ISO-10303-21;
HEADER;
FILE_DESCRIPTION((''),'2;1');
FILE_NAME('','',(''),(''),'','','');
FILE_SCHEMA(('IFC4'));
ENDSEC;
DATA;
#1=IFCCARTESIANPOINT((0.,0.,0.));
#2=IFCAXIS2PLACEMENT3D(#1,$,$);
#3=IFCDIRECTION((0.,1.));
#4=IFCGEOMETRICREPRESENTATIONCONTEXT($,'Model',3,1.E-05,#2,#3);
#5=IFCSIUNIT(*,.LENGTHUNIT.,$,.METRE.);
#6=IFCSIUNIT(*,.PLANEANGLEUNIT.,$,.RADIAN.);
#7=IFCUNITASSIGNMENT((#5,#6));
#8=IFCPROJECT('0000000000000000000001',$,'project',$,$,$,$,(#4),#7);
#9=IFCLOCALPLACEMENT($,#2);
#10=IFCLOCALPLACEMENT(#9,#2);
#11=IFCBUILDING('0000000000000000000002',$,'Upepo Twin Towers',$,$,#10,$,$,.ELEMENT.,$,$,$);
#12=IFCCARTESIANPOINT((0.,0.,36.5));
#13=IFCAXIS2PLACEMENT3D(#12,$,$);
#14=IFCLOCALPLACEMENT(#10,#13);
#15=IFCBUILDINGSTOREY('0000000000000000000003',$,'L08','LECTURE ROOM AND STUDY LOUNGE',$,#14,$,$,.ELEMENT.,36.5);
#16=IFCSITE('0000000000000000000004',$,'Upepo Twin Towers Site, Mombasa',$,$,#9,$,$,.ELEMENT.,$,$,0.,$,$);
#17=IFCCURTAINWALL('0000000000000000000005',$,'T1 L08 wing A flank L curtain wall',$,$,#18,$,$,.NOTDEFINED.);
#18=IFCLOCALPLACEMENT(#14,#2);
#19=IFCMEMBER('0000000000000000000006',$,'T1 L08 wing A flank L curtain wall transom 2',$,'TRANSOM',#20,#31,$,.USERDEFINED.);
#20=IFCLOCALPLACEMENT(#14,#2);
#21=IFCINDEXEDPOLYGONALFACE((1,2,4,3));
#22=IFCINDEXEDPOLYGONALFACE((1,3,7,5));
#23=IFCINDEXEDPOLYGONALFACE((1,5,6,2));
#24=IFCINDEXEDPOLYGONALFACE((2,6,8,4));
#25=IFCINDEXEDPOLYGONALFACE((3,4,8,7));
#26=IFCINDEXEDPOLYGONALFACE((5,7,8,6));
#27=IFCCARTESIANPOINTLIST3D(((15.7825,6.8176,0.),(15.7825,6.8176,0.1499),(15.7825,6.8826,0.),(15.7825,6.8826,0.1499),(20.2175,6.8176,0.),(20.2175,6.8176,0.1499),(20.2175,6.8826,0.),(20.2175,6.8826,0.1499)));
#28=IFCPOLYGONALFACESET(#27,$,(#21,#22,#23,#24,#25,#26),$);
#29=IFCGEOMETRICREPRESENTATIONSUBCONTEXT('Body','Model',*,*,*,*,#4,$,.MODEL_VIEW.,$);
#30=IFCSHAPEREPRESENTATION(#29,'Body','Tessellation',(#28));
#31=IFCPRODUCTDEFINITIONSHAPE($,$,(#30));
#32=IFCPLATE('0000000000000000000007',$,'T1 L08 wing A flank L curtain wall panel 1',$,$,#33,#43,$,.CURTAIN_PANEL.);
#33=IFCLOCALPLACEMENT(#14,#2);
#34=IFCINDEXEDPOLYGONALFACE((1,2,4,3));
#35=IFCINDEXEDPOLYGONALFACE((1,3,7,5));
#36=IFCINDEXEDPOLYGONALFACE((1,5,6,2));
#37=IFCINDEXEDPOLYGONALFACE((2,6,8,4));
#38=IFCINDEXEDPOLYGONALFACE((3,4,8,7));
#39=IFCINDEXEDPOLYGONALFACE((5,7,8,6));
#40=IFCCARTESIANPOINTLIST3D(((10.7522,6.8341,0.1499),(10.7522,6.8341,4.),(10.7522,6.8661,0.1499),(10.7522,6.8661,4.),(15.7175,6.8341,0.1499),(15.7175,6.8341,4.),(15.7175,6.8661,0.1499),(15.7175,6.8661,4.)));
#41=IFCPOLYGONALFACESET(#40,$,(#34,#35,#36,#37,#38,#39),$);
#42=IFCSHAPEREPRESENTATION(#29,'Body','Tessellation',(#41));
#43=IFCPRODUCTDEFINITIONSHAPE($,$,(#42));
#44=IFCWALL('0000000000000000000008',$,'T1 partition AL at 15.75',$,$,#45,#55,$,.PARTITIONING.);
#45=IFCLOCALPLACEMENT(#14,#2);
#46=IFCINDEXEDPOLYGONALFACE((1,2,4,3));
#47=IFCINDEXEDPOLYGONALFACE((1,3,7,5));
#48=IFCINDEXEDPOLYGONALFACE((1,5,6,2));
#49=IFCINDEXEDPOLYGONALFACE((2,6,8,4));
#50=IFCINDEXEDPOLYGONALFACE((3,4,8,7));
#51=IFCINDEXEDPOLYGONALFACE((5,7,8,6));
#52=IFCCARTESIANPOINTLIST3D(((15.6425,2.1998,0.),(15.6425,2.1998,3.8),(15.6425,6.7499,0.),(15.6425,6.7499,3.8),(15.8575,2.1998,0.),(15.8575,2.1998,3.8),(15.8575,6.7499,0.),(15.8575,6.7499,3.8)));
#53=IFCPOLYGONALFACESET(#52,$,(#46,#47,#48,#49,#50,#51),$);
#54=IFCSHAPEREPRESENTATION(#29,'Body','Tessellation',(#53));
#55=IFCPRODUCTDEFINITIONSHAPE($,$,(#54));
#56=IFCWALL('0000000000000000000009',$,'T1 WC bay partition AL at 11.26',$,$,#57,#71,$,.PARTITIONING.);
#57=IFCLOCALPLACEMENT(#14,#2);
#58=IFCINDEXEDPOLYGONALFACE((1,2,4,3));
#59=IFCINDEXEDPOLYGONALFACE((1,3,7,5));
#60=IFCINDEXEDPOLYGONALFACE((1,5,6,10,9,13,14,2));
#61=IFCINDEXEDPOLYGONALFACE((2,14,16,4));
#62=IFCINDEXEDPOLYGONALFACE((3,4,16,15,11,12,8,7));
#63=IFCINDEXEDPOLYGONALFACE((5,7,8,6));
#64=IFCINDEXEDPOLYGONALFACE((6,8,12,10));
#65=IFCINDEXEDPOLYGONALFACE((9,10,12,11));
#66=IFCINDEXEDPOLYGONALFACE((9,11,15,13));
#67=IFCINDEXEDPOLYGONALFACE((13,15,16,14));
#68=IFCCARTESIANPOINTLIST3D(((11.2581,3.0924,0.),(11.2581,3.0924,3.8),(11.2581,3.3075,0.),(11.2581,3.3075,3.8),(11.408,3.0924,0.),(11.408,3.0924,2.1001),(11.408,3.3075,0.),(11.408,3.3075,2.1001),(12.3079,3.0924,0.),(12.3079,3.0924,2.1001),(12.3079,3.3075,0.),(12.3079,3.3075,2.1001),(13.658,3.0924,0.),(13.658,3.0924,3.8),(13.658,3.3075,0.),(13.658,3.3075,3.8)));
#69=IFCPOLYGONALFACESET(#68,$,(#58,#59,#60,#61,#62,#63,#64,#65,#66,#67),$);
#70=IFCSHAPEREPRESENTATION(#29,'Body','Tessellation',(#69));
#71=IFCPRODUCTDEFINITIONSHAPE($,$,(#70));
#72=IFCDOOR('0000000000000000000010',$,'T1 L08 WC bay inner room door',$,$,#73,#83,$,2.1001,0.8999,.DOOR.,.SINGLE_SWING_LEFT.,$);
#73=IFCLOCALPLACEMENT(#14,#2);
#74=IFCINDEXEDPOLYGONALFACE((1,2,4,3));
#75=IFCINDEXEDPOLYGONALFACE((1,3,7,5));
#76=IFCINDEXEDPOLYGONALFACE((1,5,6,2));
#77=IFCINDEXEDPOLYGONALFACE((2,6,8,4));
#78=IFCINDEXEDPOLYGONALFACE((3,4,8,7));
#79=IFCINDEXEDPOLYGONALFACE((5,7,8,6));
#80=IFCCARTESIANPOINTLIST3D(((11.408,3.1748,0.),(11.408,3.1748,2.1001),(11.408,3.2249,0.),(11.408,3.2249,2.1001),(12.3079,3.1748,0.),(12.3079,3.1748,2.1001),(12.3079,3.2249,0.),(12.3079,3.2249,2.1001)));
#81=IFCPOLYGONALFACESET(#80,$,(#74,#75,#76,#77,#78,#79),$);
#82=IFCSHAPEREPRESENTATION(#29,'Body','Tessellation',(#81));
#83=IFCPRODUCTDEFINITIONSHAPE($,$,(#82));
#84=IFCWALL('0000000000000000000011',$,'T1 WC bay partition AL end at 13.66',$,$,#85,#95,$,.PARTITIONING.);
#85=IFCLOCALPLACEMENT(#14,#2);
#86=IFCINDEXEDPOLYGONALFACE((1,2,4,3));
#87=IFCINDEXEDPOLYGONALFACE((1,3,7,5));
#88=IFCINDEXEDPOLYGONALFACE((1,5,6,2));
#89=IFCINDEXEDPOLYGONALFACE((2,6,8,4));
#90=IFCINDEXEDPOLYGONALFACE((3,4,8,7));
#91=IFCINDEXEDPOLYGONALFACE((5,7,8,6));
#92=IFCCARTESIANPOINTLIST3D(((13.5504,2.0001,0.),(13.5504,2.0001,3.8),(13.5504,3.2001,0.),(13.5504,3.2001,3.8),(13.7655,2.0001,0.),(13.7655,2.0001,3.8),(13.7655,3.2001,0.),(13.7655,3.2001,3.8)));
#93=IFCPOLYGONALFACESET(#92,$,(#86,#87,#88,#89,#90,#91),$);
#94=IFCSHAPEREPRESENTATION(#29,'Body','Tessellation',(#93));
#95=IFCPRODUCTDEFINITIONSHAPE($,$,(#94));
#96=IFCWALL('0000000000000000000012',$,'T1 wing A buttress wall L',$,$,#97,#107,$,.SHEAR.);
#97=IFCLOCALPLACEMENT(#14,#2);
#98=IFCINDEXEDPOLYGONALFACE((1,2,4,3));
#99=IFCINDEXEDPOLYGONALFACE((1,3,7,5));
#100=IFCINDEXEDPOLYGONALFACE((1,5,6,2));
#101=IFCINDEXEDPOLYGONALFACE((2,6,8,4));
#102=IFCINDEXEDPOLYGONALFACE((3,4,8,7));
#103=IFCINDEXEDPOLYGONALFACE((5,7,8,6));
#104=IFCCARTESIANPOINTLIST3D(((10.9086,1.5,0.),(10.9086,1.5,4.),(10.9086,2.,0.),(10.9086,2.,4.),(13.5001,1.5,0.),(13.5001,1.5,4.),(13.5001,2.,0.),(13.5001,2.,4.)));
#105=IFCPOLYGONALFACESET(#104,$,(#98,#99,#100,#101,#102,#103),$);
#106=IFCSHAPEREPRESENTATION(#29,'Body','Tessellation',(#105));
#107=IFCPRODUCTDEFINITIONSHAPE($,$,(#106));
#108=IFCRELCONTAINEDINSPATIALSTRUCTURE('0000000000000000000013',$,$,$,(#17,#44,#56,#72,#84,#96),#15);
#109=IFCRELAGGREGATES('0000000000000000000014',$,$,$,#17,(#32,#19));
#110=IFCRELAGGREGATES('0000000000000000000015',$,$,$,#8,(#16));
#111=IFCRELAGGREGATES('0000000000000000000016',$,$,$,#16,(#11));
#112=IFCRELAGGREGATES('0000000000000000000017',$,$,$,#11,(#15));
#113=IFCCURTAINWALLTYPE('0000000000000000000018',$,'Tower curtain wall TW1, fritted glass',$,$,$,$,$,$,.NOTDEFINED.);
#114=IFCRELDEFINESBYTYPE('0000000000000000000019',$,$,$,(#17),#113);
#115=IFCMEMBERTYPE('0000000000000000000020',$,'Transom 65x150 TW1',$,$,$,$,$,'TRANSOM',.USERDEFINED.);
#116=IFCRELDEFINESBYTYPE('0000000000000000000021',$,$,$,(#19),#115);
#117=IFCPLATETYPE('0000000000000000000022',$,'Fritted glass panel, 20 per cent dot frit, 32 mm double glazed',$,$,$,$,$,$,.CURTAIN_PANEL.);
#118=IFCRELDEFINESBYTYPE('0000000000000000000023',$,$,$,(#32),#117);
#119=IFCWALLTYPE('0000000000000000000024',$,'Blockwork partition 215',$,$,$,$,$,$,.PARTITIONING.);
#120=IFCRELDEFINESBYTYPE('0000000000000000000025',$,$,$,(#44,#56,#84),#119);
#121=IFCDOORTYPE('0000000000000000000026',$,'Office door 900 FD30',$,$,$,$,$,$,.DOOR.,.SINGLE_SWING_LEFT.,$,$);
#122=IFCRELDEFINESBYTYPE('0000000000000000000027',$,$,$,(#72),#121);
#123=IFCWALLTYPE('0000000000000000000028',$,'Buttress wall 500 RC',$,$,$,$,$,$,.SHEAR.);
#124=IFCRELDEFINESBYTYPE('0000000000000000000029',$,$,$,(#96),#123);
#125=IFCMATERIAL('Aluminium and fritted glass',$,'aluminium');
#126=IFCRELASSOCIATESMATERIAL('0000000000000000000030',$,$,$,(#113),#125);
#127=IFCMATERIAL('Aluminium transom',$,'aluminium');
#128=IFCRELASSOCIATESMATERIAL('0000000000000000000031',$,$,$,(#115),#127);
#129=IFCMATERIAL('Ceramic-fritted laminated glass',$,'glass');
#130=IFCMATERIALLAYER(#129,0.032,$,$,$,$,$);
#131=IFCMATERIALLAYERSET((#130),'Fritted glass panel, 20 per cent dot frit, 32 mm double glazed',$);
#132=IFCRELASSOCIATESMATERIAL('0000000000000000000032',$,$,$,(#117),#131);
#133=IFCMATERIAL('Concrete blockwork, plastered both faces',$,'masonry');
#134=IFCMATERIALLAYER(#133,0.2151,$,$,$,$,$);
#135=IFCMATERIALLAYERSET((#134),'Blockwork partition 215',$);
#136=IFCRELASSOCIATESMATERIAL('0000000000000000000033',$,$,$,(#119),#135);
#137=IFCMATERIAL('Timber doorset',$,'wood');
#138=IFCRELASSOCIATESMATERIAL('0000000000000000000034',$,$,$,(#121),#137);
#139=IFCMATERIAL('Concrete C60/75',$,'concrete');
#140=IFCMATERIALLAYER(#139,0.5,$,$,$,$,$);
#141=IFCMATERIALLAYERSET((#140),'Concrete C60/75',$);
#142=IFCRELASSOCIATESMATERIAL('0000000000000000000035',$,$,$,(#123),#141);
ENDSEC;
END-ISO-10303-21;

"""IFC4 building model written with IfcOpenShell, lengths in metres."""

from ifc_helpers import new_model, si_unit, direction, frame, frame_2d, origin, origin_2d, place, context, subcontext, project, spatial, rectangle, extrude, material, layer, layer_set, material_profile, profile_set, type_object, element, fill, aggregate, save


model = new_model("IFC4")

# Units and contexts
model_context = context("Model", 3, precision=1e-05, world=origin(), true_north=direction((0.0, 1.0)))
body_context = subcontext(model_context, "Body", "Model", "MODEL_VIEW")
ifc_project = project(units=[si_unit("LENGTHUNIT", "METRE"), si_unit("PLANEANGLEUNIT", "RADIAN")], contexts=[model_context])

# Site, building, storey
site_placement = place(None, origin())
site = spatial("IfcSite", under=ifc_project, at=site_placement, Name="Upepo Twin Towers Site, Mombasa", CompositionType="ELEMENT", RefElevation=0.0)
building_placement = place(site_placement, origin())
building = spatial("IfcBuilding", under=site, at=building_placement, Name="Upepo Twin Towers", CompositionType="ELEMENT")
storey_placement = place(building_placement, frame((0.0, 0.0, 36.5)))
storey = spatial("IfcBuildingStorey", under=building, at=storey_placement, Name="L08", Description="LECTURE ROOM AND STUDY LOUNGE", CompositionType="ELEMENT", Elevation=36.5)

# Curtain wall, member, plate
ifc_material_1 = material(Name="Aluminium and fritted glass", Category="aluminium")
curtain_wall_type = type_object("IfcCurtainWallType", Name="Tower curtain wall TW1, fritted glass", PredefinedType="NOTDEFINED", material=ifc_material_1)
curtain_wall_placement = place(storey_placement, origin())
curtain_wall = element("IfcCurtainWall", 1, at=curtain_wall_placement, inside=storey, type_object=curtain_wall_type, Name="T1 L08 wing A flank L curtain wall", PredefinedType="NOTDEFINED")
ifc_material_2 = material(Name="Aluminium transom", Category="aluminium")
ifc_material_profile_1 = material_profile(ifc_material_2, rectangle(XDim=0.0649, YDim=0.1499, at=origin_2d()), Name="TRANSOM 65x150")
ifc_profile_set_1 = profile_set([ifc_material_profile_1], Name="Aluminium transom")
member_type_1 = type_object("IfcMemberType", Name="Transom 65x150 TW1", ElementType="TRANSOM", PredefinedType="USERDEFINED", material=ifc_profile_set_1)
member_1_placement = place(storey_placement, frame((15.7825, 6.8501, 0.075), z_axis=(1.0, 0.0, 0.0), x_axis=(0.0, 1.0, 0.0)))
member_1 = element("IfcMember", 2, at=member_1_placement, type_object=member_type_1, Name="T1 L08 wing A flank L curtain wall transom 2", ObjectType="TRANSOM", PredefinedType="USERDEFINED", context=body_context, shape_type="SweptSolid", body=[
    extrude(rectangle(XDim=0.0649, YDim=0.1499, at=origin_2d()), origin(), (0.0, 0.0, 1.0), 4.4351),
])
ifc_material_3 = material(Name="Ceramic-fritted laminated glass", Category="glass")
ifc_layer_1 = layer(ifc_material_3, 0.032)
ifc_layer_set_1 = layer_set([ifc_layer_1], Name="Fritted glass panel, 20 per cent dot frit, 32 mm double glazed")
plate_type = type_object("IfcPlateType", Name="Fritted glass panel, 20 per cent dot frit, 32 mm double glazed", PredefinedType="CURTAIN_PANEL", material=ifc_layer_set_1)
plate_placement = place(storey_placement, frame((13.2349, 6.8501, 0.1499), z_axis=(0.0, 0.0, 1.0), x_axis=(1.0, 0.0, 0.0)))
plate = element("IfcPlate", 3, at=plate_placement, type_object=plate_type, Name="T1 L08 wing A flank L curtain wall panel 1", PredefinedType="CURTAIN_PANEL", context=body_context, shape_type="SweptSolid", body=[
    extrude(rectangle(XDim=4.9653, YDim=0.032, at=origin_2d()), origin(), (0.0, 0.0, 1.0), 3.8501),
])
aggregate(curtain_wall, [plate, member_1])

# Wall
ifc_material_4 = material(Name="Concrete blockwork, plastered both faces", Category="masonry")
ifc_layer_2 = layer(ifc_material_4, 0.2151)
ifc_layer_set_2 = layer_set([ifc_layer_2], Name="Blockwork partition 215")
wall_type_1 = type_object("IfcWallType", Name="Blockwork partition 215", PredefinedType="PARTITIONING", material=ifc_layer_set_2)
wall_1_placement = place(storey_placement, frame((15.75, 2.2, 0.0), z_axis=(0.0, 0.0, 1.0), x_axis=(0.0, 1.0, 0.0)))
element("IfcWall", 4, at=wall_1_placement, inside=storey, type_object=wall_type_1, Name="T1 partition AL at 15.75", PredefinedType="PARTITIONING", context=body_context, shape_type="SweptSolid", body=[
    extrude(rectangle(XDim=4.55, YDim=0.2151, at=frame_2d((2.2749, 0.0))), origin(), (0.0, 0.0, 1.0), 3.8),
])

# Wall, opening, door
wall_2_placement = place(storey_placement, frame((11.2581, 3.2, 0.0), z_axis=(0.0, 0.0, 1.0), x_axis=(1.0, 0.0, 0.0)))
wall_2 = element("IfcWall", 5, at=wall_2_placement, inside=storey, type_object=wall_type_1, Name="T1 WC bay partition AL at 11.26", PredefinedType="PARTITIONING", context=body_context, shape_type="SweptSolid", body=[
    extrude(rectangle(XDim=2.3999, YDim=0.2151, at=frame_2d((1.2, 0.0))), origin(), (0.0, 0.0, 1.0), 3.8),
])
opening_1_placement = place(wall_2_placement, frame((0.1499, 0.0, 0.0)))
opening_1 = element("IfcOpeningElement", 6, at=opening_1_placement, cuts=wall_2, PredefinedType="OPENING", context=body_context, shape_type="SweptSolid", body=[
    extrude(rectangle(XDim=0.8999, YDim=2.1001, at=frame_2d((0.45, 1.05))), frame((0.0, 0.1174, 0.0), z_axis=(0.0, -1.0, 0.0), x_axis=(1.0, 0.0, 0.0)), (0.0, 0.0, 1.0), 0.2351),
])
ifc_material_5 = material(Name="Timber doorset", Category="wood")
door_type_1 = type_object("IfcDoorType", Name="Office door 900 FD30", OperationType="SINGLE_SWING_LEFT", PredefinedType="DOOR", material=ifc_material_5)
door_1_placement = place(opening_1_placement, origin())
door_1 = element("IfcDoor", 7, at=door_1_placement, inside=storey, type_object=door_type_1, Name="T1 L08 WC bay inner room door", OperationType="SINGLE_SWING_LEFT", OverallHeight=2.1001, OverallWidth=0.8999, PredefinedType="DOOR", context=body_context, shape_type="SweptSolid", body=[
    extrude(rectangle(XDim=0.8999, YDim=2.1001, at=frame_2d((0.45, 1.05))), frame((0.0, 0.0249, 0.0), z_axis=(0.0, -1.0, 0.0), x_axis=(1.0, 0.0, 0.0)), (0.0, 0.0, 1.0), 0.05),
])
fill(opening_1, door_1)

# Walls
wall_3_placement = place(storey_placement, frame((13.658, 2.0, 0.0), z_axis=(0.0, 0.0, 1.0), x_axis=(0.0, 1.0, 0.0)))
element("IfcWall", 8, at=wall_3_placement, inside=storey, type_object=wall_type_1, Name="T1 WC bay partition AL end at 13.66", PredefinedType="PARTITIONING", context=body_context, shape_type="SweptSolid", body=[
    extrude(rectangle(XDim=1.2, YDim=0.2151, at=frame_2d((0.6001, 0.0))), origin(), (0.0, 0.0, 1.0), 3.8),
])
ifc_material_6 = material(Name="Concrete C60/75", Category="concrete")
ifc_layer_3 = layer(ifc_material_6, 0.5)
ifc_layer_set_3 = layer_set([ifc_layer_3], Name="Concrete C60/75")
wall_type_2 = type_object("IfcWallType", Name="Buttress wall 500 RC", PredefinedType="SHEAR", material=ifc_layer_set_3)
wall_4_placement = place(storey_placement, frame((10.9084, 1.75, 0.0), z_axis=(0.0, 0.0, 1.0), x_axis=(1.0, 0.0, 0.0)))
element("IfcWall", 9, at=wall_4_placement, inside=storey, type_object=wall_type_2, Name="T1 wing A buttress wall L", PredefinedType="SHEAR", context=body_context, shape_type="SweptSolid", body=[
    extrude(rectangle(XDim=2.5916, YDim=0.5, at=frame_2d((1.2959, 0.0))), origin(), (0.0, 0.0, 1.0), 4.0),
])

save(model, "model.ifc")
